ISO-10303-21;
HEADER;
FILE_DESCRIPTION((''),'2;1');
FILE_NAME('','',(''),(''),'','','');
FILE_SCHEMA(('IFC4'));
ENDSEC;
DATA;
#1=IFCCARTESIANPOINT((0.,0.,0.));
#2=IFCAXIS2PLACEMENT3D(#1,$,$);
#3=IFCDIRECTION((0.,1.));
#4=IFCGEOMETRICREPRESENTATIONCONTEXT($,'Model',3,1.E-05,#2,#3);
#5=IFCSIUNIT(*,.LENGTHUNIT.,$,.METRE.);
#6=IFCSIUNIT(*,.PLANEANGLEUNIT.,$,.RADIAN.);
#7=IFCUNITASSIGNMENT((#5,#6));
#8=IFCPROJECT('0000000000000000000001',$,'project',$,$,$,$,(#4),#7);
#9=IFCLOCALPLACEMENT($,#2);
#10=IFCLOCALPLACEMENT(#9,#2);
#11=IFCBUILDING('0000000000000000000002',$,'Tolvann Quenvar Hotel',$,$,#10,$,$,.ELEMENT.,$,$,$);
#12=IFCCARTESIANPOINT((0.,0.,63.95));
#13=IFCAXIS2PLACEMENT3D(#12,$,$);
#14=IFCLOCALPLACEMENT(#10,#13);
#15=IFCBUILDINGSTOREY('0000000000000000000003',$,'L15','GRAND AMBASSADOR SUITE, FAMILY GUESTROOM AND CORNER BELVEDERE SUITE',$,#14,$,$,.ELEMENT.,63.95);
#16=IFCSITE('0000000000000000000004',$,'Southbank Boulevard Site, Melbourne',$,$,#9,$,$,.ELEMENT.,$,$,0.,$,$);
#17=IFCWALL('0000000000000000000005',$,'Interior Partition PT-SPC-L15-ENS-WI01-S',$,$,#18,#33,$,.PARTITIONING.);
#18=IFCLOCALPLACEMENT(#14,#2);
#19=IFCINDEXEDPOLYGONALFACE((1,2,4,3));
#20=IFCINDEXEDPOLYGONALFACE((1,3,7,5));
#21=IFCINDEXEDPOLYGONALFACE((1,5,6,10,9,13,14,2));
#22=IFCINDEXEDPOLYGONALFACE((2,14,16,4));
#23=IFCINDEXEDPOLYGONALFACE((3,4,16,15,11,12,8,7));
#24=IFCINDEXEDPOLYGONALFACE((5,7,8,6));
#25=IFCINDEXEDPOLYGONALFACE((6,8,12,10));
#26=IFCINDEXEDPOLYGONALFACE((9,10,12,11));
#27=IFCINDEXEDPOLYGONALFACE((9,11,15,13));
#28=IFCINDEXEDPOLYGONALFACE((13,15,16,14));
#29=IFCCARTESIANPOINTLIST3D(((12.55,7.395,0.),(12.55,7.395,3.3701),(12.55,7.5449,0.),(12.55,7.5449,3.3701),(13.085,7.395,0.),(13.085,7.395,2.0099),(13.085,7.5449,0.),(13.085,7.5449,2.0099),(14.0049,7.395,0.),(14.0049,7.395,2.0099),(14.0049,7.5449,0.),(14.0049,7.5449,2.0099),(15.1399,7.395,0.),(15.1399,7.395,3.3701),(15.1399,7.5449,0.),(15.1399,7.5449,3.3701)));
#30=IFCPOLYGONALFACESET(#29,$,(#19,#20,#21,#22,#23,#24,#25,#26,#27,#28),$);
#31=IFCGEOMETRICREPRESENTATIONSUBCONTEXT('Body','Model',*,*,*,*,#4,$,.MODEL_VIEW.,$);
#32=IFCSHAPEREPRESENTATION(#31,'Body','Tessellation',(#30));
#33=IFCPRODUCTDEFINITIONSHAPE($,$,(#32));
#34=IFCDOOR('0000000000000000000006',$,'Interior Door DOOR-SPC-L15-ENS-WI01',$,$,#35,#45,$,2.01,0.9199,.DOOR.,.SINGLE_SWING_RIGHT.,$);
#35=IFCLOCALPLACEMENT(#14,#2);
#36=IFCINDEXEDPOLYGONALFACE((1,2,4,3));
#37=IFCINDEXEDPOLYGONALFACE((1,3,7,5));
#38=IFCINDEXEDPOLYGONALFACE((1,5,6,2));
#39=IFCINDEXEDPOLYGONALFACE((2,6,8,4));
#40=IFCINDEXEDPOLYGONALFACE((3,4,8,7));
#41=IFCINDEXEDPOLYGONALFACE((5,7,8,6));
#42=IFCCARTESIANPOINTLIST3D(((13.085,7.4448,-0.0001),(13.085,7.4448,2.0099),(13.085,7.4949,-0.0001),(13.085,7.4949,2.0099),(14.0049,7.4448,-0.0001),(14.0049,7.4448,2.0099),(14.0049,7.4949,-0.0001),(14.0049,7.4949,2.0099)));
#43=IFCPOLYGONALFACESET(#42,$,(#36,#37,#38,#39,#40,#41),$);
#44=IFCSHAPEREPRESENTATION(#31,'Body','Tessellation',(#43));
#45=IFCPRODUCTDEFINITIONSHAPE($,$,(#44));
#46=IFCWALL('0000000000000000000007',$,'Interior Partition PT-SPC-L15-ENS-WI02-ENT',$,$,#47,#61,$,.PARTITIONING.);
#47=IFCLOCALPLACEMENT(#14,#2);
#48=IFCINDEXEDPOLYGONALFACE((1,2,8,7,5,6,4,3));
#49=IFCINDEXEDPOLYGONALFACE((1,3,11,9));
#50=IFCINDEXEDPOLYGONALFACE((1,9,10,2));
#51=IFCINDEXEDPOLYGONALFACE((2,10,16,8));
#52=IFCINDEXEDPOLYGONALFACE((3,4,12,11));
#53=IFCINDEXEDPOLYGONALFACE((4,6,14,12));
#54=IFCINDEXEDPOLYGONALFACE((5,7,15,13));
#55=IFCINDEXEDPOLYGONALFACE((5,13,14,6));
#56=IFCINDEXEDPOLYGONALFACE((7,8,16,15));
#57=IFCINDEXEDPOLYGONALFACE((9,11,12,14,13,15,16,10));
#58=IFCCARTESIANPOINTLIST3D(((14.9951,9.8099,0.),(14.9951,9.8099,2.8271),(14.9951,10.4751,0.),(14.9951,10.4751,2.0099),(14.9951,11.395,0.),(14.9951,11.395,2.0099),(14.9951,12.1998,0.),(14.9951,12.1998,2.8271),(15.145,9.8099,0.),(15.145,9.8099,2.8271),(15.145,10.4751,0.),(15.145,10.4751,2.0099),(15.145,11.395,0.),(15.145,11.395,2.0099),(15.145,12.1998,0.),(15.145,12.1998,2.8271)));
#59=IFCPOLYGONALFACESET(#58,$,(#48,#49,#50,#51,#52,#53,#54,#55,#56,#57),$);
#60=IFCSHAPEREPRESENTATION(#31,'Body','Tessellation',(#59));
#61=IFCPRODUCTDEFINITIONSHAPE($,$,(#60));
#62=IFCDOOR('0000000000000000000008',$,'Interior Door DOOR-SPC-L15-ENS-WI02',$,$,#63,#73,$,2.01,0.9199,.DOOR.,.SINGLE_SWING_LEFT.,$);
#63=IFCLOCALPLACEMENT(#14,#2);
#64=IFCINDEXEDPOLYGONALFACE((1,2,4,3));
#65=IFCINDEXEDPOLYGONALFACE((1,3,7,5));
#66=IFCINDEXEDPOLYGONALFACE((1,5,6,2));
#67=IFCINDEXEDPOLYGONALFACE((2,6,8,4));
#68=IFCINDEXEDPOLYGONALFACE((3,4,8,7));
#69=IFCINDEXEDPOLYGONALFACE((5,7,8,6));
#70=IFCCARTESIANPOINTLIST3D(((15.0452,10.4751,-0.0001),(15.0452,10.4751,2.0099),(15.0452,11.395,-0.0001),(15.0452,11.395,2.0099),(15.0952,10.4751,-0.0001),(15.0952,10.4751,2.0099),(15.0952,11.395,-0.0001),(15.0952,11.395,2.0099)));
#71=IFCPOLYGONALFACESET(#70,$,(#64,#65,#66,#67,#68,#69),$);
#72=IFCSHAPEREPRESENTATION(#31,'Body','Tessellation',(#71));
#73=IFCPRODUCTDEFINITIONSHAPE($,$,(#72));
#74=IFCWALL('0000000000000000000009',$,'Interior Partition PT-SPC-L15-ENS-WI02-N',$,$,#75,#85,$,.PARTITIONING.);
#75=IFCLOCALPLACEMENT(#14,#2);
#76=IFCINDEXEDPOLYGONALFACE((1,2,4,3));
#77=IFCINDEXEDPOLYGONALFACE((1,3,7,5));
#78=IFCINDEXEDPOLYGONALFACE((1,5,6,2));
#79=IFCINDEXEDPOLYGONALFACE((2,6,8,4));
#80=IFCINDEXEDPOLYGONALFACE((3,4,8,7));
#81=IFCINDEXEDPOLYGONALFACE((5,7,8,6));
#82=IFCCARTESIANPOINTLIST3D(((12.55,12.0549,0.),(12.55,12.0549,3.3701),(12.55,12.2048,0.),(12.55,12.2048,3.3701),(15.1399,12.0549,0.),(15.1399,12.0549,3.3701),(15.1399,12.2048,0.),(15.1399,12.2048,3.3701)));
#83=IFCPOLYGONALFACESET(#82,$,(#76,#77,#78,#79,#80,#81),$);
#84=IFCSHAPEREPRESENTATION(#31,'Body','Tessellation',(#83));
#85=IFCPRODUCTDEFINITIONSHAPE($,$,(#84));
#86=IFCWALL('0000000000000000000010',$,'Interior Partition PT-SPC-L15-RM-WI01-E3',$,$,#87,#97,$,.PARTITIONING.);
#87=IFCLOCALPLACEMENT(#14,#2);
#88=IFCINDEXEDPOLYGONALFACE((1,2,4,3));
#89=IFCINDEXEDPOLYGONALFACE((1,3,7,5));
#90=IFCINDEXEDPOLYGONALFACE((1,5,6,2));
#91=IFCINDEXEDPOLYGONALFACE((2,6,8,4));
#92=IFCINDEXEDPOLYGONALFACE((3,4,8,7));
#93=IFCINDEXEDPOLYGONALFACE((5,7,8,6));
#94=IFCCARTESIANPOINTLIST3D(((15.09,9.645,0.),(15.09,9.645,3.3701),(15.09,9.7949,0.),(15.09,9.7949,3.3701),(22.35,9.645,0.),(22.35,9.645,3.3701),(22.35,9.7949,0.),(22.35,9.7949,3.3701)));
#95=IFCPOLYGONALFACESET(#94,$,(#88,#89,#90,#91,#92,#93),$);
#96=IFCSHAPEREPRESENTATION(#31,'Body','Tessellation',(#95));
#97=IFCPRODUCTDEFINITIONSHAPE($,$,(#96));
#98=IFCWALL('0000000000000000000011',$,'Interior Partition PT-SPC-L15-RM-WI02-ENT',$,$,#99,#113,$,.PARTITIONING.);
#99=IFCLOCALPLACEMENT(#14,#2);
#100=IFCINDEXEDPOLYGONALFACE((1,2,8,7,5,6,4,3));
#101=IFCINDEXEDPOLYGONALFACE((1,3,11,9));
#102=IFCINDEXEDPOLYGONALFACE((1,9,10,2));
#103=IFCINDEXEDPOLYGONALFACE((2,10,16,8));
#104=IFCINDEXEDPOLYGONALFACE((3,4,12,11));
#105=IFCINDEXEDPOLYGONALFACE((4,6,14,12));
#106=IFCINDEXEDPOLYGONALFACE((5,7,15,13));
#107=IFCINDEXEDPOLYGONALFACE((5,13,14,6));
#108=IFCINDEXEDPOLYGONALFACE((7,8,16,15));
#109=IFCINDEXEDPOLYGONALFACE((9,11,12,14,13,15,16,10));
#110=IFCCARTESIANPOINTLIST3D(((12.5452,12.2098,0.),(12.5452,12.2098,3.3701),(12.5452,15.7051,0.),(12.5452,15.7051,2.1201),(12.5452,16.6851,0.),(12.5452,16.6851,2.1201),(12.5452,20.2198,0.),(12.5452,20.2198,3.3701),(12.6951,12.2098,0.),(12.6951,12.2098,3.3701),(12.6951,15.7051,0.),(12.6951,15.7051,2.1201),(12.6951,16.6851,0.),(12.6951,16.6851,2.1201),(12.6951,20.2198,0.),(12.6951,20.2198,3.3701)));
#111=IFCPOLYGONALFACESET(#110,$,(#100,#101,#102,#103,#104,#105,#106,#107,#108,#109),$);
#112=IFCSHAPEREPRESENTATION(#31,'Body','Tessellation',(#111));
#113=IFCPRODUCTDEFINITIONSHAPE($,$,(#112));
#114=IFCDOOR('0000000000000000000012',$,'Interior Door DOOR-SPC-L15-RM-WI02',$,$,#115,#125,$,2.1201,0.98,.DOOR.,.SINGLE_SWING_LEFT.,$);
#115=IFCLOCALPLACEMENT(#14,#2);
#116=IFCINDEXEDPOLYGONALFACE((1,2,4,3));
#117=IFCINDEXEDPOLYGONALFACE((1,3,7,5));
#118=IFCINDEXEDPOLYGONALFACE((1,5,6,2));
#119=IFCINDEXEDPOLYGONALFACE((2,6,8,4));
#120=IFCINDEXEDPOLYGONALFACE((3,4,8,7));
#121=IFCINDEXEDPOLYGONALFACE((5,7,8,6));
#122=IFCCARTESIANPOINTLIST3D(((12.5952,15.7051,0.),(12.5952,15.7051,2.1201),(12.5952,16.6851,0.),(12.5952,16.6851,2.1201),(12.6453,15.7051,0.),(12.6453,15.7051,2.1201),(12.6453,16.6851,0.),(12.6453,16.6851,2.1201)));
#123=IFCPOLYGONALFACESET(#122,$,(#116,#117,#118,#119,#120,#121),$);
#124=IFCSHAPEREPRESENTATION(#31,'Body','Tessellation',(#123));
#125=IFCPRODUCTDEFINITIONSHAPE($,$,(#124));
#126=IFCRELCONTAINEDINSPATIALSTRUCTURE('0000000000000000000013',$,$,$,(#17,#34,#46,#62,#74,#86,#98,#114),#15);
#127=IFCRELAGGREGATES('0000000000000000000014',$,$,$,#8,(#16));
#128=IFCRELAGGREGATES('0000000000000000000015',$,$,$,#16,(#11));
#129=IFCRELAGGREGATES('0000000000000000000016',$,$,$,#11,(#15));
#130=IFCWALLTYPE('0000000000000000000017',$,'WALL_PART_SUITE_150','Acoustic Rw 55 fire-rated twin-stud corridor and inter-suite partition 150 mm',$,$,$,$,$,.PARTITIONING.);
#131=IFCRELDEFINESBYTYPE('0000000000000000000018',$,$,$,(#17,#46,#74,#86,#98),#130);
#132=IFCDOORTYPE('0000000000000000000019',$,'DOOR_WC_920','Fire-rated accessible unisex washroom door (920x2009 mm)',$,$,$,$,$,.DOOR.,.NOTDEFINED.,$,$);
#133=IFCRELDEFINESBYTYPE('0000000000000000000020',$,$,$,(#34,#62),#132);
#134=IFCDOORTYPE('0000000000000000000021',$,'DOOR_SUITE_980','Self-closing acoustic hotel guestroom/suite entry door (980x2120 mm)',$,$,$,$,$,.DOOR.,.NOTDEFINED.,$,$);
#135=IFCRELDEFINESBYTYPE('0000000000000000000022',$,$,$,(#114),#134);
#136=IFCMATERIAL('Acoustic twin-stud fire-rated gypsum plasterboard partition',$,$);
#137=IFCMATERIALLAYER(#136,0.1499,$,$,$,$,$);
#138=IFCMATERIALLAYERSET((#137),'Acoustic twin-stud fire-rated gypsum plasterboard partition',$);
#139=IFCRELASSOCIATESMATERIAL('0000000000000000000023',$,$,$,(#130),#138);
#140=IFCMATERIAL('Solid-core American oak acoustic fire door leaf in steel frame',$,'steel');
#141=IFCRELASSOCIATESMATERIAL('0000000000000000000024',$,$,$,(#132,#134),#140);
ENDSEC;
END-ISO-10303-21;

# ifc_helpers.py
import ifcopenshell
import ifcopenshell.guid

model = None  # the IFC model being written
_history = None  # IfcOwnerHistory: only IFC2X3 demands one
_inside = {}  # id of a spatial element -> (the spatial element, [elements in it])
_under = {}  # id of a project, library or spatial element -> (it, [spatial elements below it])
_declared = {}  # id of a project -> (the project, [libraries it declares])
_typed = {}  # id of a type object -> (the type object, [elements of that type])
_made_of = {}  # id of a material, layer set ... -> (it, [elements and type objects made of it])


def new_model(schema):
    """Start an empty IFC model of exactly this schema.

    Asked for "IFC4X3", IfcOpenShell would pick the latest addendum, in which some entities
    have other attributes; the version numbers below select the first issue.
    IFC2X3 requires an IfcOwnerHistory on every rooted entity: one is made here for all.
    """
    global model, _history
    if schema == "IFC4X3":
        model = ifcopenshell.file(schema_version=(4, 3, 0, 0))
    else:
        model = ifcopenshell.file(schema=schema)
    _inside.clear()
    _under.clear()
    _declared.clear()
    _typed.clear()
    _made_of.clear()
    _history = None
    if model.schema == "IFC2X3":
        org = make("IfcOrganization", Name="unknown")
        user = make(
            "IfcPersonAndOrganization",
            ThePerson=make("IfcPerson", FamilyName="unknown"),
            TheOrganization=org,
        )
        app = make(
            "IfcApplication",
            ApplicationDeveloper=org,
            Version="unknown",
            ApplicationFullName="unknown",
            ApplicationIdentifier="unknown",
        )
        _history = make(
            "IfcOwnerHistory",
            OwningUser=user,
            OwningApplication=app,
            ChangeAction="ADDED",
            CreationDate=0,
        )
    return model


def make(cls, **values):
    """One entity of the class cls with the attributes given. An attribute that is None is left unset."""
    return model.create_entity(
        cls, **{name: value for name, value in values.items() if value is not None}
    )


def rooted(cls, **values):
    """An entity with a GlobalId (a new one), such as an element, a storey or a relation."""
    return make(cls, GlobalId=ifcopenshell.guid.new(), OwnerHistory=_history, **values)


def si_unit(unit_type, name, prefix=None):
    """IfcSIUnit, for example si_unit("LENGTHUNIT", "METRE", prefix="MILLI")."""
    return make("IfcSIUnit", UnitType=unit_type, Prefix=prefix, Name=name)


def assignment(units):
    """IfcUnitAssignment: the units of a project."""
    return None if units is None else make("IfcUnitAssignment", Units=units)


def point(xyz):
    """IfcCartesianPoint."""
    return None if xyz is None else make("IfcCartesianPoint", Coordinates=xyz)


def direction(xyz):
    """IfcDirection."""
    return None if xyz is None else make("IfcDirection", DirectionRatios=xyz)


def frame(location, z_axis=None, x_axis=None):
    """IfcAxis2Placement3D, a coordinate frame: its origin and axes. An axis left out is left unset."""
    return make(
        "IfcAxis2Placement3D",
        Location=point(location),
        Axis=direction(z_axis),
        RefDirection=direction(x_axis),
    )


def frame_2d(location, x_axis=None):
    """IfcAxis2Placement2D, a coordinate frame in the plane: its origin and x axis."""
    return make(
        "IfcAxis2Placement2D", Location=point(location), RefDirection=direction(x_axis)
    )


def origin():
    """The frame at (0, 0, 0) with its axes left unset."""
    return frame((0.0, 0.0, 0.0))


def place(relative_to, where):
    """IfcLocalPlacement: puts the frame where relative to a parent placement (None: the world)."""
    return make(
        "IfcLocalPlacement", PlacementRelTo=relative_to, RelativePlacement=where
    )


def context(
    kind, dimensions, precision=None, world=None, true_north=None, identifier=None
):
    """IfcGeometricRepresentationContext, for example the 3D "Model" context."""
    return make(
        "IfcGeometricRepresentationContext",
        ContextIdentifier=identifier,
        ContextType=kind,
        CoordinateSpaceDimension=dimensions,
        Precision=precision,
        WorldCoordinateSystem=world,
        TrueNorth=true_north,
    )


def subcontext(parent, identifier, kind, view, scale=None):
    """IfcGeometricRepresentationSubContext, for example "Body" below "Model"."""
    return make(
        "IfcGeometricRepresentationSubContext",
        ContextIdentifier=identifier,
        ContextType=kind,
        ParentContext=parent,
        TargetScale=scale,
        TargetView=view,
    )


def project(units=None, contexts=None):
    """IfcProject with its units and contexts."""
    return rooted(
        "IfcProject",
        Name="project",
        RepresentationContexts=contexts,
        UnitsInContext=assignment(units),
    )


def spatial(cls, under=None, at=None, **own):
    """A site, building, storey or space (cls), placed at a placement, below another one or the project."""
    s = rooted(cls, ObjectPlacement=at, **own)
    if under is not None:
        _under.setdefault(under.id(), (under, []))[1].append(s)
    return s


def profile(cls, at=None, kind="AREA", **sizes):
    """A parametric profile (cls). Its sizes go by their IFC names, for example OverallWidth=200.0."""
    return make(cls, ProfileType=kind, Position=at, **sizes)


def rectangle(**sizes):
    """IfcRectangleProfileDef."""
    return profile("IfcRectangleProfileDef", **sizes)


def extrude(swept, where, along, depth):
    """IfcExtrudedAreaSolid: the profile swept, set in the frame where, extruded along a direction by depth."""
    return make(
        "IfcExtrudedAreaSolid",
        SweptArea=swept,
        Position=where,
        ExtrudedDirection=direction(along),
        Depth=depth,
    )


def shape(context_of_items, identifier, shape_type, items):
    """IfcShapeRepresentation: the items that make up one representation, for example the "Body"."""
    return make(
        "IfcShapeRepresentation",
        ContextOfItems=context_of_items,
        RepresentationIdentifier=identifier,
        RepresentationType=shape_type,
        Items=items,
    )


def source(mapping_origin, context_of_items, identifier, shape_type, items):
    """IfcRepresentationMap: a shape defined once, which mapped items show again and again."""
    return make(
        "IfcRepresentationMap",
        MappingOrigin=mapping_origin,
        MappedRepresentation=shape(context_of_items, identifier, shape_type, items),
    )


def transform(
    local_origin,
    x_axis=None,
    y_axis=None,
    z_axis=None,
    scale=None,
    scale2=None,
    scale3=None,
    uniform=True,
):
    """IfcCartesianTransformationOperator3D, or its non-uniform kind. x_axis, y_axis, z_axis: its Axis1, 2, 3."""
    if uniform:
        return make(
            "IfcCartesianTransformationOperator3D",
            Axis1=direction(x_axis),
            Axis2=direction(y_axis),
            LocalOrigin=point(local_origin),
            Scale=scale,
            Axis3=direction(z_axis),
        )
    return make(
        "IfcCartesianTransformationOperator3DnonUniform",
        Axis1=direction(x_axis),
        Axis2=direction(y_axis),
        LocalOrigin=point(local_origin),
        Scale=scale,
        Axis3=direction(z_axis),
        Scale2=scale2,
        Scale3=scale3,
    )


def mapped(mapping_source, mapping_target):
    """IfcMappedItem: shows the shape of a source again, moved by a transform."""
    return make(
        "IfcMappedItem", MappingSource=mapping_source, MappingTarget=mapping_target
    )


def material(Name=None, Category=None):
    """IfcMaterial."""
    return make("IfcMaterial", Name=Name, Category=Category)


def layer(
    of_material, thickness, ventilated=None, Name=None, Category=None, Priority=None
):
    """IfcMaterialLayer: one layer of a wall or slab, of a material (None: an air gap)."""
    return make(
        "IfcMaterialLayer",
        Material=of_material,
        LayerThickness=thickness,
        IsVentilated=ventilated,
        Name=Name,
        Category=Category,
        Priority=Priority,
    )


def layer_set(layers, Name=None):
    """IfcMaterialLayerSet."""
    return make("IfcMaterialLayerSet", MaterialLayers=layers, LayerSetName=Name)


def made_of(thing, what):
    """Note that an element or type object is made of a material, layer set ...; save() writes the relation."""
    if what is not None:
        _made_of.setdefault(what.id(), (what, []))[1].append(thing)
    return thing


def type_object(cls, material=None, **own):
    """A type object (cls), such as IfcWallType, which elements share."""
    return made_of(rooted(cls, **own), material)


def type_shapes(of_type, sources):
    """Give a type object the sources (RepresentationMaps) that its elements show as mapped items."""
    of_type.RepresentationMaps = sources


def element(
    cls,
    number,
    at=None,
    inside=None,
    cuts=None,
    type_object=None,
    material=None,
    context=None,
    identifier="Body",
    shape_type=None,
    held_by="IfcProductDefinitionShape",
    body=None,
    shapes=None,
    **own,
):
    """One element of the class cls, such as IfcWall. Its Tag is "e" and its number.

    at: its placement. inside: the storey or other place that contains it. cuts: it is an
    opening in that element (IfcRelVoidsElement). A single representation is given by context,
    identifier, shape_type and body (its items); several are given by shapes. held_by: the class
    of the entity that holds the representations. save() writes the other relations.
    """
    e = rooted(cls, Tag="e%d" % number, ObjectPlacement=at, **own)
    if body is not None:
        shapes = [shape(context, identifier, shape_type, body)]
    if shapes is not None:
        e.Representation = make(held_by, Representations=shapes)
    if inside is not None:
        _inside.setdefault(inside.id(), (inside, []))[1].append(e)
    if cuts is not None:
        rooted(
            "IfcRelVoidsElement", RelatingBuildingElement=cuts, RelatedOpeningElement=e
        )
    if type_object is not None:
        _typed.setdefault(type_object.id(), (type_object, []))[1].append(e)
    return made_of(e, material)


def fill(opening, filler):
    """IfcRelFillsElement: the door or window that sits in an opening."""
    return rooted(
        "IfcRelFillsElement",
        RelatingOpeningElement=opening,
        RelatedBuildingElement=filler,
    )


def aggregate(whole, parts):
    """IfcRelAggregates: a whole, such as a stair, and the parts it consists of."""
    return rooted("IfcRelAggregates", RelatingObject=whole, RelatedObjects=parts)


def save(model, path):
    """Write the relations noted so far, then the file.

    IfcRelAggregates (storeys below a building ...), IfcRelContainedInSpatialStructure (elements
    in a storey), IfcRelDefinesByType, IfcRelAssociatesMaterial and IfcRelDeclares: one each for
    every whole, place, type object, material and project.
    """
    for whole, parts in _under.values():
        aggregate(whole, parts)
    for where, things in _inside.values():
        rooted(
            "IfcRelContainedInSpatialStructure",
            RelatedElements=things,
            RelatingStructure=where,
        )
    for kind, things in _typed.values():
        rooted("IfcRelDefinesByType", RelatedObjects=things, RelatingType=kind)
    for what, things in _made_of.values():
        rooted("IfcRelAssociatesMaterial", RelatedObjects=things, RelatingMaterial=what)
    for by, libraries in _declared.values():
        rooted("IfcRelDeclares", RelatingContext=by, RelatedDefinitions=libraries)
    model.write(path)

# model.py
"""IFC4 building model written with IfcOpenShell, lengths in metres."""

from ifc_helpers import new_model, si_unit, direction, frame, frame_2d, origin, place, context, subcontext, project, spatial, rectangle, extrude, source, transform, mapped, material, layer, layer_set, type_object, type_shapes, element, fill, save


model = new_model("IFC4")

# Units and contexts
model_context = context("Model", 3, precision=1e-05, world=origin(), true_north=direction((0.0, 1.0)))
body_context = subcontext(model_context, "Body", "Model", "MODEL_VIEW")
ifc_project = project(units=[si_unit("LENGTHUNIT", "METRE"), si_unit("PLANEANGLEUNIT", "RADIAN")], contexts=[model_context])

# Site, building, storey
site_placement = place(None, origin())
site = spatial("IfcSite", under=ifc_project, at=site_placement, Name="Southbank Boulevard Site, Melbourne", CompositionType="ELEMENT", RefElevation=0.0)
building_placement = place(site_placement, origin())
building = spatial("IfcBuilding", under=site, at=building_placement, Name="Tolvann Quenvar Hotel", CompositionType="ELEMENT")
storey_placement = place(building_placement, frame((0.0, 0.0, 63.95)))
storey = spatial("IfcBuildingStorey", under=building, at=storey_placement, Name="L15", Description="GRAND AMBASSADOR SUITE, FAMILY GUESTROOM AND CORNER BELVEDERE SUITE", CompositionType="ELEMENT", Elevation=63.95)

# Shared definitions
ifc_material_1 = material(Name="Acoustic twin-stud fire-rated gypsum plasterboard partition")
ifc_layer_1 = layer(ifc_material_1, 0.1499)
ifc_layer_set_1 = layer_set([ifc_layer_1], Name="Acoustic twin-stud fire-rated gypsum plasterboard partition")
wall_type_1 = type_object("IfcWallType", Name="WALL_PART_SUITE_150", Description="Acoustic Rw 55 fire-rated twin-stud corridor and inter-suite partition 150 mm", PredefinedType="PARTITIONING", material=ifc_layer_set_1)
ifc_material_2 = material(Name="Solid-core American oak acoustic fire door leaf in steel frame", Category="steel")
door_type_1 = type_object("IfcDoorType", Name="DOOR_WC_920", Description="Fire-rated accessible unisex washroom door (920x2009 mm)", OperationType="NOTDEFINED", PredefinedType="DOOR", material=ifc_material_2)
shared_shape_1 = source(origin(), body_context, "Body", "SweptSolid", [
    extrude(rectangle(XDim=0.9199, YDim=2.01, at=frame_2d((0.46, 1.0049))), frame((0.0, 0.0249, 0.0), z_axis=(0.0, -1.0, 0.0), x_axis=(1.0, 0.0, 0.0)), (0.0, 0.0, 1.0), 0.05),
])
type_shapes(door_type_1, [shared_shape_1])

# Walls, openings, doors
wall_1_placement = place(storey_placement, frame((12.55, 7.47, 0.0), z_axis=(0.0, 0.0, 1.0), x_axis=(1.0, 0.0, 0.0)))
wall_1 = element("IfcWall", 1, at=wall_1_placement, inside=storey, type_object=wall_type_1, Name="Interior Partition PT-SPC-L15-ENS-WI01-S", PredefinedType="PARTITIONING", context=body_context, shape_type="SweptSolid", body=[
    extrude(rectangle(XDim=2.5898, YDim=0.1499, at=frame_2d((1.2949, 0.0))), origin(), (0.0, 0.0, 1.0), 3.3701),
])
opening_1_placement = place(wall_1_placement, frame((0.5349, 0.0, 0.0)))
opening_1 = element("IfcOpeningElement", 2, at=opening_1_placement, cuts=wall_1, PredefinedType="OPENING", context=body_context, shape_type="SweptSolid", body=[
    extrude(rectangle(XDim=0.9199, YDim=2.01, at=frame_2d((0.46, 1.0049))), frame((0.0, 0.085, 0.0), z_axis=(0.0, -1.0, 0.0), x_axis=(1.0, 0.0, 0.0)), (0.0, 0.0, 1.0), 0.1699),
])
door_1_placement = place(opening_1_placement, origin())
door_1 = element("IfcDoor", 3, at=door_1_placement, inside=storey, type_object=door_type_1, Name="Interior Door DOOR-SPC-L15-ENS-WI01", OperationType="SINGLE_SWING_RIGHT", OverallHeight=2.01, OverallWidth=0.9199, PredefinedType="DOOR", context=body_context, shape_type="MappedRepresentation", body=[
    mapped(shared_shape_1, transform((0.0, 0.0, 0.0), x_axis=(1.0, 0.0, 0.0), y_axis=(0.0, 1.0, 0.0), z_axis=(0.0, 0.0, 1.0), scale=1.0)),
])
fill(opening_1, door_1)
wall_2_placement = place(storey_placement, frame((15.0701, 9.8101, 0.0), z_axis=(0.0, 0.0, 1.0), x_axis=(0.0, 1.0, 0.0)))
wall_2 = element("IfcWall", 4, at=wall_2_placement, inside=storey, type_object=wall_type_1, Name="Interior Partition PT-SPC-L15-ENS-WI02-ENT", PredefinedType="PARTITIONING", context=body_context, shape_type="SweptSolid", body=[
    extrude(rectangle(XDim=2.3899, YDim=0.1499, at=frame_2d((1.1948, 0.0))), origin(), (0.0, 0.0, 1.0), 2.8271),
])
opening_2_placement = place(wall_2_placement, frame((0.665, 0.0, 0.0)))
opening_2 = element("IfcOpeningElement", 5, at=opening_2_placement, cuts=wall_2, PredefinedType="OPENING", context=body_context, shape_type="SweptSolid", body=[
    extrude(rectangle(XDim=0.9199, YDim=2.01, at=frame_2d((0.46, 1.0049))), frame((0.0, 0.085, 0.0), z_axis=(0.0, -1.0, 0.0), x_axis=(1.0, 0.0, 0.0)), (0.0, 0.0, 1.0), 0.1699),
])
door_2_placement = place(opening_2_placement, origin())
door_2 = element("IfcDoor", 6, at=door_2_placement, inside=storey, type_object=door_type_1, Name="Interior Door DOOR-SPC-L15-ENS-WI02", OperationType="SINGLE_SWING_LEFT", OverallHeight=2.01, OverallWidth=0.9199, PredefinedType="DOOR", context=body_context, shape_type="MappedRepresentation", body=[
    mapped(shared_shape_1, transform((0.0, 0.0, 0.0), x_axis=(1.0, 0.0, 0.0), y_axis=(0.0, 1.0, 0.0), z_axis=(0.0, 0.0, 1.0), scale=1.0)),
])
fill(opening_2, door_2)

# Wall
wall_3_placement = place(storey_placement, frame((12.55, 12.1299, 0.0), z_axis=(0.0, 0.0, 1.0), x_axis=(1.0, 0.0, 0.0)))
element("IfcWall", 7, at=wall_3_placement, inside=storey, type_object=wall_type_1, Name="Interior Partition PT-SPC-L15-ENS-WI02-N", PredefinedType="PARTITIONING", context=body_context, shape_type="SweptSolid", body=[
    extrude(rectangle(XDim=2.5898, YDim=0.1499, at=frame_2d((1.2949, 0.0))), origin(), (0.0, 0.0, 1.0), 3.3701),
])

# Shared definitions
door_type_2 = type_object("IfcDoorType", Name="DOOR_SUITE_980", Description="Self-closing acoustic hotel guestroom/suite entry door (980x2120 mm)", OperationType="NOTDEFINED", PredefinedType="DOOR", material=ifc_material_2)
shared_shape_2 = source(origin(), body_context, "Body", "SweptSolid", [
    extrude(rectangle(XDim=0.98, YDim=2.1201, at=frame_2d((0.49, 1.0601))), frame((0.0, 0.0249, 0.0), z_axis=(0.0, -1.0, 0.0), x_axis=(1.0, 0.0, 0.0)), (0.0, 0.0, 1.0), 0.05),
])
type_shapes(door_type_2, [shared_shape_2])

# Wall
wall_4_placement = place(storey_placement, frame((15.0901, 9.72, 0.0), z_axis=(0.0, 0.0, 1.0), x_axis=(1.0, 0.0, 0.0)))
element("IfcWall", 8, at=wall_4_placement, inside=storey, type_object=wall_type_1, Name="Interior Partition PT-SPC-L15-RM-WI01-E3", PredefinedType="PARTITIONING", context=body_context, shape_type="SweptSolid", body=[
    extrude(rectangle(XDim=7.26, YDim=0.1499, at=frame_2d((3.6299, 0.0))), origin(), (0.0, 0.0, 1.0), 3.3701),
])

# Wall, opening, door
wall_5_placement = place(storey_placement, frame((12.6201, 12.21, 0.0), z_axis=(0.0, 0.0, 1.0), x_axis=(0.0, 1.0, 0.0)))
wall_5 = element("IfcWall", 9, at=wall_5_placement, inside=storey, type_object=wall_type_1, Name="Interior Partition PT-SPC-L15-RM-WI02-ENT", PredefinedType="PARTITIONING", context=body_context, shape_type="SweptSolid", body=[
    extrude(rectangle(XDim=8.01, YDim=0.1499, at=frame_2d((4.0049, 0.0))), origin(), (0.0, 0.0, 1.0), 3.3701),
])
opening_3_placement = place(wall_5_placement, frame((3.4951, 0.0, 0.0)))
opening_3 = element("IfcOpeningElement", 10, at=opening_3_placement, cuts=wall_5, PredefinedType="OPENING", context=body_context, shape_type="SweptSolid", body=[
    extrude(rectangle(XDim=0.98, YDim=2.1201, at=frame_2d((0.49, 1.0601))), frame((0.0, 0.085, 0.0), z_axis=(0.0, -1.0, 0.0), x_axis=(1.0, 0.0, 0.0)), (0.0, 0.0, 1.0), 0.1699),
])
door_3_placement = place(opening_3_placement, origin())
door_3 = element("IfcDoor", 11, at=door_3_placement, inside=storey, type_object=door_type_2, Name="Interior Door DOOR-SPC-L15-RM-WI02", OperationType="SINGLE_SWING_LEFT", OverallHeight=2.1201, OverallWidth=0.98, PredefinedType="DOOR", context=body_context, shape_type="MappedRepresentation", body=[
    mapped(shared_shape_2, transform((0.0, 0.0, 0.0), x_axis=(1.0, 0.0, 0.0), y_axis=(0.0, 1.0, 0.0), z_axis=(0.0, 0.0, 1.0), scale=1.0)),
])
fill(opening_3, door_3)

save(model, "model.ifc")
